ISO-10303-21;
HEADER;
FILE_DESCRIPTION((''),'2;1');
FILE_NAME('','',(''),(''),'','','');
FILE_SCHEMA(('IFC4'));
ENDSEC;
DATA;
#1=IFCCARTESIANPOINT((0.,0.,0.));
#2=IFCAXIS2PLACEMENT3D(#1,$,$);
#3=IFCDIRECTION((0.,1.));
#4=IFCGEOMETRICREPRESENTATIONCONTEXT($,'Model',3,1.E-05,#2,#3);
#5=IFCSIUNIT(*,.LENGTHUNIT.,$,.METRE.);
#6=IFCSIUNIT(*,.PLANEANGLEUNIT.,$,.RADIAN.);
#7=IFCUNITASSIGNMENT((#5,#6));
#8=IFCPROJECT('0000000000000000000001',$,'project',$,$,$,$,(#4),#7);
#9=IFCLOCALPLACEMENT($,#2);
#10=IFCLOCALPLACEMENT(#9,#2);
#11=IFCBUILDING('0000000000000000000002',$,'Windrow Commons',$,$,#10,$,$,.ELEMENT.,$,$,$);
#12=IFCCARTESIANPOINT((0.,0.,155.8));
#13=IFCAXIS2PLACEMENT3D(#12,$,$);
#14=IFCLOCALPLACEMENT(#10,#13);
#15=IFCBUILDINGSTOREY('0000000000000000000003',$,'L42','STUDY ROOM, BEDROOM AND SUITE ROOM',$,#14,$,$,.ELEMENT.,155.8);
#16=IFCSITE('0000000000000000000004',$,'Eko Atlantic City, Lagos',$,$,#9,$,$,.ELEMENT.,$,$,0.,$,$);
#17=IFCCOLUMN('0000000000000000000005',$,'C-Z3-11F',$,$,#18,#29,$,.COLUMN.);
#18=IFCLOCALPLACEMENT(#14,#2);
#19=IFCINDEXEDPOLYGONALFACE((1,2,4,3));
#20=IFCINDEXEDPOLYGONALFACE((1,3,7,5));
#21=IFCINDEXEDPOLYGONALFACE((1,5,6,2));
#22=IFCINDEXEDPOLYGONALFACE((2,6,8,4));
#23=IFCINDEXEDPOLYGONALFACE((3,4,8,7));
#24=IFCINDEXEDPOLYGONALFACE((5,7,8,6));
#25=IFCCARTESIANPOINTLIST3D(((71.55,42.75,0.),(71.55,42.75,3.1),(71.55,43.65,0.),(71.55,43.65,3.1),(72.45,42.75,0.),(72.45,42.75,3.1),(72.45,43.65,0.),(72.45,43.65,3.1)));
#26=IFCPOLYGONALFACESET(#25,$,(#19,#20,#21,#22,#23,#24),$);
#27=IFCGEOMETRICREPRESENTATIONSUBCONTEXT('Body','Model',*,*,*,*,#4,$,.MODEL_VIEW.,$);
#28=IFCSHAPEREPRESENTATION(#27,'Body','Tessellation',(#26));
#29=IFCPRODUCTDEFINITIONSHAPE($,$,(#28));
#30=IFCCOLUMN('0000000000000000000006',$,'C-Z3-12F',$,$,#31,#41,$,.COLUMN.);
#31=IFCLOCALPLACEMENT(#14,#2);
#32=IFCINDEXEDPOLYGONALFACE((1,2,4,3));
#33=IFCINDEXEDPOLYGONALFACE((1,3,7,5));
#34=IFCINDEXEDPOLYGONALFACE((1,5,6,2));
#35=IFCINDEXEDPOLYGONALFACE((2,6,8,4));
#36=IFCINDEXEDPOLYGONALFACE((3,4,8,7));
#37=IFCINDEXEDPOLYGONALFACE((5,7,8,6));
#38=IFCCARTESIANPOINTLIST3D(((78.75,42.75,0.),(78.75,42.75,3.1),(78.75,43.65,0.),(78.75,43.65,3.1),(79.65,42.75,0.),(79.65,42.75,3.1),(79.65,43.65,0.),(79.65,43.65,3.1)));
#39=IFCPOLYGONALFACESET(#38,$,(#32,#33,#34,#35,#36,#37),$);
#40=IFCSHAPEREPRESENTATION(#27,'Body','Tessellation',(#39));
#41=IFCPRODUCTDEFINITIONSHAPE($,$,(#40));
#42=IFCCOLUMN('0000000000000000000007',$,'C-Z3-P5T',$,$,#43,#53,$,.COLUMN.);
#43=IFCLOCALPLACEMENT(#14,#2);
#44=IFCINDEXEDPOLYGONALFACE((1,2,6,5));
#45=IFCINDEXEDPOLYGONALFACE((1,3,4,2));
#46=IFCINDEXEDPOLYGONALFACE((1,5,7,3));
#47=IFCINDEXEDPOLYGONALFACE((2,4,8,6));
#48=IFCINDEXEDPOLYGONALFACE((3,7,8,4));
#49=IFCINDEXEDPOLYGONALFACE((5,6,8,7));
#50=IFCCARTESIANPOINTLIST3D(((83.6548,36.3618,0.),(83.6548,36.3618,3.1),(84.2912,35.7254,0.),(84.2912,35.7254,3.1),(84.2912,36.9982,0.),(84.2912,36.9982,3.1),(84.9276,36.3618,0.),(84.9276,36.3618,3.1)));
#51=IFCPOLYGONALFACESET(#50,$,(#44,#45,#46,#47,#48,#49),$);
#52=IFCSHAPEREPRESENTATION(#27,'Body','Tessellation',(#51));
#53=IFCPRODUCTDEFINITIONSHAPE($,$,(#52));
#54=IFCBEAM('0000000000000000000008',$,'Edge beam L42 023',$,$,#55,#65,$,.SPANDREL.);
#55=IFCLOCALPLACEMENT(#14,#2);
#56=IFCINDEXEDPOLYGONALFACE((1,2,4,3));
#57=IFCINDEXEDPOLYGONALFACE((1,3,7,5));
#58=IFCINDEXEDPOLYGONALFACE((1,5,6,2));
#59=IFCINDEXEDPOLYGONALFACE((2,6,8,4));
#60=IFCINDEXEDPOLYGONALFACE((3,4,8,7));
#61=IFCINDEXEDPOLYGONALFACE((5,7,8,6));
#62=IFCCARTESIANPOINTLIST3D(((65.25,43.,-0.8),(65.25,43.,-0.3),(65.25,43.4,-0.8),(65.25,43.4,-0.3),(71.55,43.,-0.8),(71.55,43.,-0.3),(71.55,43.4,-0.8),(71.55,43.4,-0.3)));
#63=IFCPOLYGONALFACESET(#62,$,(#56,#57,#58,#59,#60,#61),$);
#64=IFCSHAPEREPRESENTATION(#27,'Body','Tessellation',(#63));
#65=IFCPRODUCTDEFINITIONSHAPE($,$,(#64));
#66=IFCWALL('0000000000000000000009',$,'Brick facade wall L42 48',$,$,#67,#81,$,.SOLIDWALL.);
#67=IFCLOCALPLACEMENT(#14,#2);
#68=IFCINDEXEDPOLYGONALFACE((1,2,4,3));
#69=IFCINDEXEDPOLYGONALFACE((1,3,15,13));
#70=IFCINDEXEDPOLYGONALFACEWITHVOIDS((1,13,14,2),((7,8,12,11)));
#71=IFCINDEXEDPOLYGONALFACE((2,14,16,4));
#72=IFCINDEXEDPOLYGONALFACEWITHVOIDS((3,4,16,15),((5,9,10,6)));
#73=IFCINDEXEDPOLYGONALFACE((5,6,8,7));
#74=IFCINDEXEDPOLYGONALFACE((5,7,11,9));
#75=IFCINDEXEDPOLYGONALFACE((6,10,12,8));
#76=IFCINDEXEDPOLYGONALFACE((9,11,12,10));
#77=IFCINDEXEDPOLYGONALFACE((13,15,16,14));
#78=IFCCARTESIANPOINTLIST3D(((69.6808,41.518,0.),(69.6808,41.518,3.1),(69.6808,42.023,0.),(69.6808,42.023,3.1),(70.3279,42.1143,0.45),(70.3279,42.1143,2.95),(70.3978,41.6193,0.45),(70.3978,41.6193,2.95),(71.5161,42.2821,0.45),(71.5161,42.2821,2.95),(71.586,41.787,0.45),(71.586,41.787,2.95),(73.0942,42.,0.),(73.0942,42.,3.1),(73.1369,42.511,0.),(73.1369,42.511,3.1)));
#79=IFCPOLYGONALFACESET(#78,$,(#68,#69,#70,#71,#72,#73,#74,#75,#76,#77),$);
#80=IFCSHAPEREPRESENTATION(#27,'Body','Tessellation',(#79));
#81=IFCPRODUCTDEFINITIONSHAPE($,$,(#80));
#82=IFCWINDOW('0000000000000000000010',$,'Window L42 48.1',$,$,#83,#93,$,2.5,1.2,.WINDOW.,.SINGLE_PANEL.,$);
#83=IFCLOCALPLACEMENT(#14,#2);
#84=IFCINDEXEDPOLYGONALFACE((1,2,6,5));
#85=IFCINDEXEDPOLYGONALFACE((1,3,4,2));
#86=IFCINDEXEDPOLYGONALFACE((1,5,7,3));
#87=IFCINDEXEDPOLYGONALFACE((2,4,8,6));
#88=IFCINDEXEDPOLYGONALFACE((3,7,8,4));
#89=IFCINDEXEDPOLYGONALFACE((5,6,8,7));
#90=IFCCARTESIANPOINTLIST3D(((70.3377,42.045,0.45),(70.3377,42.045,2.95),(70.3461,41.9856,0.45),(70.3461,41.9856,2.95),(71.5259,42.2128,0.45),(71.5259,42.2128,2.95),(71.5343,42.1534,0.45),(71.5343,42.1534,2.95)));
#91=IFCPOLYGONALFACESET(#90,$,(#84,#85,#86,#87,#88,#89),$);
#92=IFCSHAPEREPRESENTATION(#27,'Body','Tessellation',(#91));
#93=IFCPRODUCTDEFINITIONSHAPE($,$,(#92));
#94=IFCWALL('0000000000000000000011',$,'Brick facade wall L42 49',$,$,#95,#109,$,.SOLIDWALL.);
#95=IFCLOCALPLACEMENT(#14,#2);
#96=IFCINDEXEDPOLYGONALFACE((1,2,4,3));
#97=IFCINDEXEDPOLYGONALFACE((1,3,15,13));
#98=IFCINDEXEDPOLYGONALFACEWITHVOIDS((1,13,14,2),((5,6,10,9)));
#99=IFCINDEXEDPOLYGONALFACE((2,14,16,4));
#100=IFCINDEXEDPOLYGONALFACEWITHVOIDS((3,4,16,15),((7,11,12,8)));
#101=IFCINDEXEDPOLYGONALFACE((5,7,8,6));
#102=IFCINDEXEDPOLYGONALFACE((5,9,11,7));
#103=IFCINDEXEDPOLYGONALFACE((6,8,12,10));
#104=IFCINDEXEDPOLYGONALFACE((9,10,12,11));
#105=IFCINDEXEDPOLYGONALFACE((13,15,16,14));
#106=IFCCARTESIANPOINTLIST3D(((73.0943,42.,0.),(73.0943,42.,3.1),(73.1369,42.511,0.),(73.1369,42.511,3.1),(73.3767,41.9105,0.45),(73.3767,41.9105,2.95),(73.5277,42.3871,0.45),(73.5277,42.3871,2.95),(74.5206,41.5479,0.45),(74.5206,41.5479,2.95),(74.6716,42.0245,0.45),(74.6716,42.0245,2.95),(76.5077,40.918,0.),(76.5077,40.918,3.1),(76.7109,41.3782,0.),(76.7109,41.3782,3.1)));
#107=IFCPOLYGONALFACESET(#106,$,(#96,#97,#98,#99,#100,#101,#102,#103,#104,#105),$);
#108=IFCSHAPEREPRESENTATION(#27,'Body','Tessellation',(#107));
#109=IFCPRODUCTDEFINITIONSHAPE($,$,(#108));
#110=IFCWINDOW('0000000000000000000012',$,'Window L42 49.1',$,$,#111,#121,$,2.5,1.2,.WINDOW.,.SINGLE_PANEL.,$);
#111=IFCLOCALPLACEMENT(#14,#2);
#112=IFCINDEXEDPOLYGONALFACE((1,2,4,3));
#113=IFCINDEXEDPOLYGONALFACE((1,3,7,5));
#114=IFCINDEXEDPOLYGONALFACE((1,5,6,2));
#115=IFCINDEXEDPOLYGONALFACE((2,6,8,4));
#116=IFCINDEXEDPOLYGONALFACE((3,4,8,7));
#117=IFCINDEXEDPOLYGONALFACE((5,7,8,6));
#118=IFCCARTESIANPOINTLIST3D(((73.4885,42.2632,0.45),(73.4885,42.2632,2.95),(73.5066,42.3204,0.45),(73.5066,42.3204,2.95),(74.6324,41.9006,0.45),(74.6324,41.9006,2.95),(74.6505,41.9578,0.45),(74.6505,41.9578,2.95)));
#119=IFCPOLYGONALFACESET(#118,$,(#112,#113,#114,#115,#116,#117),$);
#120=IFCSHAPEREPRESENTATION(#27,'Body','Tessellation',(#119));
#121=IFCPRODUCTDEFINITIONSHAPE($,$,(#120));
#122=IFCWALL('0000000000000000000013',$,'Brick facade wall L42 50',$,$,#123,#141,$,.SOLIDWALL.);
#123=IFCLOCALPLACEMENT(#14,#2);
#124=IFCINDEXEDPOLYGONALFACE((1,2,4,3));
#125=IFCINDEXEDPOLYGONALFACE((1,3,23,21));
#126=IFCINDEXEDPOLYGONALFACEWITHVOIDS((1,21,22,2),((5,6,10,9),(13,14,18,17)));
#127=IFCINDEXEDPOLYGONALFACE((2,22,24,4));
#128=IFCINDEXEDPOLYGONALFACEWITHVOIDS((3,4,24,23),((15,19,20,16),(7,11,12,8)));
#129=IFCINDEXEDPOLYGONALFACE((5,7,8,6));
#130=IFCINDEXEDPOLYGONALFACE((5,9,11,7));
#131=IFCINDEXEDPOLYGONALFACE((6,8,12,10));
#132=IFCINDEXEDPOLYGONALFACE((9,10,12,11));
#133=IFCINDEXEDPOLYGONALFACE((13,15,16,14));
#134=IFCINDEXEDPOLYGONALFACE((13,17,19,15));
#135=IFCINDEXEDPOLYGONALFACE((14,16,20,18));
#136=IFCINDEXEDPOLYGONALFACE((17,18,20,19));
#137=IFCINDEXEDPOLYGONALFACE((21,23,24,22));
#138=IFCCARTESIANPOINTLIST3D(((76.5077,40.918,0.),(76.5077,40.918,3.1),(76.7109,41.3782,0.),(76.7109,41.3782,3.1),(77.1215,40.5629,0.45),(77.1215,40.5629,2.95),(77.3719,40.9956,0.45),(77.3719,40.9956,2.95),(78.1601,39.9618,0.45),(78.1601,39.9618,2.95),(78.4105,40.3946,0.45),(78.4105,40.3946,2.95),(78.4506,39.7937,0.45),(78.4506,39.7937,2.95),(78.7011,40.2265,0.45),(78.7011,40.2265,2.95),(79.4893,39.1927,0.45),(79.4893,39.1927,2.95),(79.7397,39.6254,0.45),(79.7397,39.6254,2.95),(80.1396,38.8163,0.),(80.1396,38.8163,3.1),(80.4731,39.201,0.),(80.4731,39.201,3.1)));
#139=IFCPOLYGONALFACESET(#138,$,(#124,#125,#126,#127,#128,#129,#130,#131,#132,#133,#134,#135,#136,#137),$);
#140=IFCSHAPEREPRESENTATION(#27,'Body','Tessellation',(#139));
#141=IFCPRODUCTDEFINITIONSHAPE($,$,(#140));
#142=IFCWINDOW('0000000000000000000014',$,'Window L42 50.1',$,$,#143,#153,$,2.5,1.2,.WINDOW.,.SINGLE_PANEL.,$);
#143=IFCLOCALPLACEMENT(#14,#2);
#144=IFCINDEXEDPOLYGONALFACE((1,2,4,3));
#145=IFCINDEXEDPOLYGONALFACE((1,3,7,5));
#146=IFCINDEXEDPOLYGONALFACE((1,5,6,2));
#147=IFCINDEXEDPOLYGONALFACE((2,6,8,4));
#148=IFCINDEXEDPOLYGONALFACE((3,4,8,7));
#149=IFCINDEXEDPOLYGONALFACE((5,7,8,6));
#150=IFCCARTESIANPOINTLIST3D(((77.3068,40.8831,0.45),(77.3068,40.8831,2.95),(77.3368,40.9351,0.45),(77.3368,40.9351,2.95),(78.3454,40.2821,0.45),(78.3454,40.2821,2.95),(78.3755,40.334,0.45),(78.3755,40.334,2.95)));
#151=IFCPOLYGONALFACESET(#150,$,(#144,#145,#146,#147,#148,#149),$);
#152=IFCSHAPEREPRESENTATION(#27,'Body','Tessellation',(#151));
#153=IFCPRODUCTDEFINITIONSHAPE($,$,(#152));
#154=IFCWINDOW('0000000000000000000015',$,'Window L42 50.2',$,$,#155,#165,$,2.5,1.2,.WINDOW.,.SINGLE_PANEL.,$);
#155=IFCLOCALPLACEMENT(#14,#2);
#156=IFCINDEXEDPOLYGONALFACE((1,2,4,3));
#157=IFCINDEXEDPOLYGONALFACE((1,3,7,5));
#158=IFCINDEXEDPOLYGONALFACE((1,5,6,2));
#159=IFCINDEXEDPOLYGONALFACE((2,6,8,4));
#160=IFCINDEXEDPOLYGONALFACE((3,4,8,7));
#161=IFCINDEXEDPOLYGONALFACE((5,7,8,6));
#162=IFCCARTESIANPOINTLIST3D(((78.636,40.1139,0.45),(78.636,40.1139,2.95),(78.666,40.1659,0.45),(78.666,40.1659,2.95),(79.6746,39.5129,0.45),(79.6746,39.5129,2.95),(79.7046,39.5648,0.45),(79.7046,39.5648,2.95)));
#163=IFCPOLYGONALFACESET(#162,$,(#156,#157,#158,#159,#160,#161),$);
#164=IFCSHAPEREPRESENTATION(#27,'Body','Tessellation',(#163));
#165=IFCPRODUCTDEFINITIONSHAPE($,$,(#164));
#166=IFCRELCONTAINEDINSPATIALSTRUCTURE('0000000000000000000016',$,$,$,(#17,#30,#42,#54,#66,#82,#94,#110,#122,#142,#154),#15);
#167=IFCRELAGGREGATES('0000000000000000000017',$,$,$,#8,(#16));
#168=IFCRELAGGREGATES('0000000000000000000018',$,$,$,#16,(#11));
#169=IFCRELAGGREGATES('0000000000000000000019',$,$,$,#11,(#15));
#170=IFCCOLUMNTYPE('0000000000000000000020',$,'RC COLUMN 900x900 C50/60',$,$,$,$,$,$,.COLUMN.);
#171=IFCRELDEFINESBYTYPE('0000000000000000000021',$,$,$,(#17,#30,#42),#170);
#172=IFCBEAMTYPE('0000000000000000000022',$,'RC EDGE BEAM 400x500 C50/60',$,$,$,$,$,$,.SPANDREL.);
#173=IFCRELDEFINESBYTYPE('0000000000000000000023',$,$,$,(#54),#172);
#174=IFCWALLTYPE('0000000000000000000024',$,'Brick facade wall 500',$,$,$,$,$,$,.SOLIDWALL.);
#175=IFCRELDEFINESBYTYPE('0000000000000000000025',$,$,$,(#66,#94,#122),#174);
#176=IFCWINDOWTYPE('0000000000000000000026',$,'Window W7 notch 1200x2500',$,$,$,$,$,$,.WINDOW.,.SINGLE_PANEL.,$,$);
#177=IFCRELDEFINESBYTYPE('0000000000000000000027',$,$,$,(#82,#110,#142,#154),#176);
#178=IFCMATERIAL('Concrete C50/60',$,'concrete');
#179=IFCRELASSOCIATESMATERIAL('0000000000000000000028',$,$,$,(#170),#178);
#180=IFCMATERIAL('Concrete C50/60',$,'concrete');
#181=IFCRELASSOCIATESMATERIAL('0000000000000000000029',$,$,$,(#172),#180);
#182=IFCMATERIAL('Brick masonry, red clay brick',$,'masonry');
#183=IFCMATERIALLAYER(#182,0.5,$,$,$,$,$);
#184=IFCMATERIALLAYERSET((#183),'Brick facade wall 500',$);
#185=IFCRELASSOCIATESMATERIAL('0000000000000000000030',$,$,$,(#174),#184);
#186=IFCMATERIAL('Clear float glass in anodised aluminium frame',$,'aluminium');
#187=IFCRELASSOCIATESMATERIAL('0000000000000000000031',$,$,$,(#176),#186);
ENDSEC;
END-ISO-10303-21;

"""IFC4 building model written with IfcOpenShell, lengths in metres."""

from ifc_helpers import new_model, si_unit, direction, frame, frame_2d, origin, origin_2d, place, context, subcontext, project, spatial, polyline, rectangle, outline, extrude, material, layer, layer_set, material_profile, profile_set, type_object, element, fill, save


model = new_model("IFC4")

# Units and contexts
model_context = context("Model", 3, precision=1e-05, world=origin(), true_north=direction((0.0, 1.0)))
body_context = subcontext(model_context, "Body", "Model", "MODEL_VIEW")
ifc_project = project(units=[si_unit("LENGTHUNIT", "METRE"), si_unit("PLANEANGLEUNIT", "RADIAN")], contexts=[model_context])

# Site, building, storey
site_placement = place(None, origin())
site = spatial("IfcSite", under=ifc_project, at=site_placement, Name="Eko Atlantic City, Lagos", CompositionType="ELEMENT", RefElevation=0.0)
building_placement = place(site_placement, origin())
building = spatial("IfcBuilding", under=site, at=building_placement, Name="Windrow Commons", CompositionType="ELEMENT")
storey_placement = place(building_placement, frame((0.0, 0.0, 155.8)))
storey = spatial("IfcBuildingStorey", under=building, at=storey_placement, Name="L42", Description="STUDY ROOM, BEDROOM AND SUITE ROOM", CompositionType="ELEMENT", Elevation=155.8)

# Columns
ifc_material_1 = material(Name="Concrete C50/60", Category="concrete")
ifc_material_profile_1 = material_profile(ifc_material_1, rectangle(XDim=0.9, YDim=0.9, at=origin_2d()))
ifc_profile_set_1 = profile_set([ifc_material_profile_1], Name="Concrete C50/60")
column_type = type_object("IfcColumnType", Name="RC COLUMN 900x900 C50/60", PredefinedType="COLUMN", material=ifc_profile_set_1)
for number, where, z_axis, x_axis, name in (
    (1, (72.0, 43.2, 0.0), (0.0, 0.0, 1.0), (1.0, 0.0, 0.0), "C-Z3-11F"),
    (2, (79.2, 43.2, 0.0), (0.0, 0.0, 1.0), (1.0, 0.0, 0.0), "C-Z3-12F"),
    (3, (84.2912, 36.3618, 0.0), (0.0, 0.0, 1.0), (0.707107, -0.707107, 0.0), "C-Z3-P5T"),
):
    element("IfcColumn", number, at=place(storey_placement, frame(where, z_axis=z_axis, x_axis=x_axis)), inside=storey, type_object=column_type, Name=name, PredefinedType="COLUMN", context=body_context, shape_type="SweptSolid", body=[
        extrude(rectangle(XDim=0.9, YDim=0.9, at=origin_2d()), origin(), (0.0, 0.0, 1.0), 3.1),
    ])

# Beam
ifc_material_2 = material(Name="Concrete C50/60", Category="concrete")
ifc_material_profile_2 = material_profile(ifc_material_2, rectangle(XDim=0.4, YDim=0.5, at=origin_2d()))
ifc_profile_set_2 = profile_set([ifc_material_profile_2], Name="Concrete C50/60")
beam_type = type_object("IfcBeamType", Name="RC EDGE BEAM 400x500 C50/60", PredefinedType="SPANDREL", material=ifc_profile_set_2)
beam_placement = place(storey_placement, frame((71.55, 43.2, -0.55), z_axis=(-1.0, 0.0, 0.0), x_axis=(0.0, -1.0, 0.0)))
element("IfcBeam", 4, at=beam_placement, inside=storey, type_object=beam_type, Name="Edge beam L42 023", PredefinedType="SPANDREL", context=body_context, shape_type="SweptSolid", body=[
    extrude(rectangle(XDim=0.4, YDim=0.5, at=origin_2d()), origin(), (0.0, 0.0, 1.0), 6.3),
])

# Walls, openings, windows
ifc_material_3 = material(Name="Brick masonry, red clay brick", Category="masonry")
ifc_layer_1 = layer(ifc_material_3, 0.5)
ifc_layer_set_1 = layer_set([ifc_layer_1], Name="Brick facade wall 500")
wall_type_1 = type_object("IfcWallType", Name="Brick facade wall 500", PredefinedType="SOLIDWALL", material=ifc_layer_set_1)
wall_1_placement = place(storey_placement, frame((69.6808, 41.7705, 0.0), z_axis=(0.0, 0.0, 1.0), x_axis=(0.990178, 0.139815, 0.0)))
wall_1 = element("IfcWall", 5, at=wall_1_placement, inside=storey, type_object=wall_type_1, Name="Brick facade wall L42 48", PredefinedType="SOLIDWALL", context=body_context, shape_type="SweptSolid", body=[
    extrude(outline(polyline([(-0.0353, -0.25), (3.412, -0.25), (3.5257, 0.25), (0.0353, 0.25), (-0.0353, -0.25)])), origin(), (0.0, 0.0, 1.0), 3.1),
])
opening_1_placement = place(wall_1_placement, frame((0.6888, 0.0, 0.45)))
opening_1 = element("IfcOpeningElement", 6, at=opening_1_placement, cuts=wall_1, PredefinedType="OPENING", context=body_context, shape_type="SweptSolid", body=[
    extrude(rectangle(XDim=1.2, YDim=2.5, at=frame_2d((0.6, 1.25))), frame((0.0, 0.26, 0.0), z_axis=(0.0, -1.0, 0.0), x_axis=(1.0, 0.0, 0.0)), (0.0, 0.0, 1.0), 0.52),
])
ifc_material_4 = material(Name="Clear float glass in anodised aluminium frame", Category="aluminium")
window_type_1 = type_object("IfcWindowType", Name="Window W7 notch 1200x2500", PartitioningType="SINGLE_PANEL", PredefinedType="WINDOW", material=ifc_material_4)
window_1_placement = place(opening_1_placement, origin())
window_1 = element("IfcWindow", 7, at=window_1_placement, inside=storey, type_object=window_type_1, Name="Window L42 48.1", OverallHeight=2.5, OverallWidth=1.2, PartitioningType="SINGLE_PANEL", PredefinedType="WINDOW", context=body_context, shape_type="SweptSolid", body=[
    extrude(rectangle(XDim=1.2, YDim=2.5, at=frame_2d((0.6, 1.25))), frame((0.0, 0.18, 0.0), z_axis=(0.0, -1.0, 0.0), x_axis=(1.0, 0.0, 0.0)), (0.0, 0.0, 1.0), 0.06),
])
fill(opening_1, window_1)
wall_2_placement = place(storey_placement, frame((73.1156, 42.2555, 0.0), z_axis=(0.0, 0.0, 1.0), x_axis=(0.953259, -0.302155, 0.0)))
wall_2 = element("IfcWall", 8, at=wall_2_placement, inside=storey, type_object=wall_type_1, Name="Brick facade wall L42 49", PredefinedType="SOLIDWALL", context=body_context, shape_type="SweptSolid", body=[
    extrude(outline(polyline([(0.0569, -0.25), (3.6377, -0.25), (3.6923, 0.25), (-0.0569, 0.25), (0.0569, -0.25)])), origin(), (0.0, 0.0, 1.0), 3.1),
])
opening_2_placement = place(wall_2_placement, frame((0.3531, 0.0, 0.45)))
opening_2 = element("IfcOpeningElement", 9, at=opening_2_placement, cuts=wall_2, PredefinedType="OPENING", context=body_context, shape_type="SweptSolid", body=[
    extrude(rectangle(XDim=1.2, YDim=2.5, at=frame_2d((0.6, 1.25))), frame((0.0, 0.26, 0.0), z_axis=(0.0, -1.0, 0.0), x_axis=(1.0, 0.0, 0.0)), (0.0, 0.0, 1.0), 0.52),
])
window_2_placement = place(opening_2_placement, origin())
window_2 = element("IfcWindow", 10, at=window_2_placement, inside=storey, type_object=window_type_1, Name="Window L42 49.1", OverallHeight=2.5, OverallWidth=1.2, PartitioningType="SINGLE_PANEL", PredefinedType="WINDOW", context=body_context, shape_type="SweptSolid", body=[
    extrude(rectangle(XDim=1.2, YDim=2.5, at=frame_2d((0.6, 1.25))), frame((0.0, 0.18, 0.0), z_axis=(0.0, -1.0, 0.0), x_axis=(1.0, 0.0, 0.0)), (0.0, 0.0, 1.0), 0.06),
])
fill(opening_2, window_2)

# Wall, openings, windows
wall_3_placement = place(storey_placement, frame((76.6093, 41.1481, 0.0), z_axis=(0.0, 0.0, 1.0), x_axis=(0.865525, -0.500866, 0.0)))
wall_3 = element("IfcWall", 11, at=wall_3_placement, inside=storey, type_object=wall_type_1, Name="Brick facade wall L42 50", PredefinedType="SOLIDWALL", context=body_context, shape_type="SweptSolid", body=[
    extrude(outline(polyline([(0.0273, -0.25), (4.2235, -0.25), (4.3194, 0.25), (-0.0273, 0.25), (0.0273, -0.25)])), origin(), (0.0, 0.0, 1.0), 3.1),
])
opening_3_placement = place(wall_3_placement, frame((0.7364, 0.0, 0.45)))
opening_3 = element("IfcOpeningElement", 12, at=opening_3_placement, cuts=wall_3, PredefinedType="OPENING", context=body_context, shape_type="SweptSolid", body=[
    extrude(rectangle(XDim=1.2, YDim=2.5, at=frame_2d((0.6, 1.25))), frame((0.0, 0.26, 0.0), z_axis=(0.0, -1.0, 0.0), x_axis=(1.0, 0.0, 0.0)), (0.0, 0.0, 1.0), 0.52),
])
opening_4_placement = place(wall_3_placement, frame((2.2721, 0.0, 0.45)))
opening_4 = element("IfcOpeningElement", 13, at=opening_4_placement, cuts=wall_3, PredefinedType="OPENING", context=body_context, shape_type="SweptSolid", body=[
    extrude(rectangle(XDim=1.2, YDim=2.5, at=frame_2d((0.6, 1.25))), frame((0.0, 0.26, 0.0), z_axis=(0.0, -1.0, 0.0), x_axis=(1.0, 0.0, 0.0)), (0.0, 0.0, 1.0), 0.52),
])
window_3_placement = place(opening_3_placement, origin())
window_3 = element("IfcWindow", 14, at=window_3_placement, inside=storey, type_object=window_type_1, Name="Window L42 50.1", OverallHeight=2.5, OverallWidth=1.2, PartitioningType="SINGLE_PANEL", PredefinedType="WINDOW", context=body_context, shape_type="SweptSolid", body=[
    extrude(rectangle(XDim=1.2, YDim=2.5, at=frame_2d((0.6, 1.25))), frame((0.0, 0.18, 0.0), z_axis=(0.0, -1.0, 0.0), x_axis=(1.0, 0.0, 0.0)), (0.0, 0.0, 1.0), 0.06),
])
fill(opening_3, window_3)
window_4_placement = place(opening_4_placement, origin())
window_4 = element("IfcWindow", 15, at=window_4_placement, inside=storey, type_object=window_type_1, Name="Window L42 50.2", OverallHeight=2.5, OverallWidth=1.2, PartitioningType="SINGLE_PANEL", PredefinedType="WINDOW", context=body_context, shape_type="SweptSolid", body=[
    extrude(rectangle(XDim=1.2, YDim=2.5, at=frame_2d((0.6, 1.25))), frame((0.0, 0.18, 0.0), z_axis=(0.0, -1.0, 0.0), x_axis=(1.0, 0.0, 0.0)), (0.0, 0.0, 1.0), 0.06),
])
fill(opening_4, window_4)

save(model, "model.ifc")
